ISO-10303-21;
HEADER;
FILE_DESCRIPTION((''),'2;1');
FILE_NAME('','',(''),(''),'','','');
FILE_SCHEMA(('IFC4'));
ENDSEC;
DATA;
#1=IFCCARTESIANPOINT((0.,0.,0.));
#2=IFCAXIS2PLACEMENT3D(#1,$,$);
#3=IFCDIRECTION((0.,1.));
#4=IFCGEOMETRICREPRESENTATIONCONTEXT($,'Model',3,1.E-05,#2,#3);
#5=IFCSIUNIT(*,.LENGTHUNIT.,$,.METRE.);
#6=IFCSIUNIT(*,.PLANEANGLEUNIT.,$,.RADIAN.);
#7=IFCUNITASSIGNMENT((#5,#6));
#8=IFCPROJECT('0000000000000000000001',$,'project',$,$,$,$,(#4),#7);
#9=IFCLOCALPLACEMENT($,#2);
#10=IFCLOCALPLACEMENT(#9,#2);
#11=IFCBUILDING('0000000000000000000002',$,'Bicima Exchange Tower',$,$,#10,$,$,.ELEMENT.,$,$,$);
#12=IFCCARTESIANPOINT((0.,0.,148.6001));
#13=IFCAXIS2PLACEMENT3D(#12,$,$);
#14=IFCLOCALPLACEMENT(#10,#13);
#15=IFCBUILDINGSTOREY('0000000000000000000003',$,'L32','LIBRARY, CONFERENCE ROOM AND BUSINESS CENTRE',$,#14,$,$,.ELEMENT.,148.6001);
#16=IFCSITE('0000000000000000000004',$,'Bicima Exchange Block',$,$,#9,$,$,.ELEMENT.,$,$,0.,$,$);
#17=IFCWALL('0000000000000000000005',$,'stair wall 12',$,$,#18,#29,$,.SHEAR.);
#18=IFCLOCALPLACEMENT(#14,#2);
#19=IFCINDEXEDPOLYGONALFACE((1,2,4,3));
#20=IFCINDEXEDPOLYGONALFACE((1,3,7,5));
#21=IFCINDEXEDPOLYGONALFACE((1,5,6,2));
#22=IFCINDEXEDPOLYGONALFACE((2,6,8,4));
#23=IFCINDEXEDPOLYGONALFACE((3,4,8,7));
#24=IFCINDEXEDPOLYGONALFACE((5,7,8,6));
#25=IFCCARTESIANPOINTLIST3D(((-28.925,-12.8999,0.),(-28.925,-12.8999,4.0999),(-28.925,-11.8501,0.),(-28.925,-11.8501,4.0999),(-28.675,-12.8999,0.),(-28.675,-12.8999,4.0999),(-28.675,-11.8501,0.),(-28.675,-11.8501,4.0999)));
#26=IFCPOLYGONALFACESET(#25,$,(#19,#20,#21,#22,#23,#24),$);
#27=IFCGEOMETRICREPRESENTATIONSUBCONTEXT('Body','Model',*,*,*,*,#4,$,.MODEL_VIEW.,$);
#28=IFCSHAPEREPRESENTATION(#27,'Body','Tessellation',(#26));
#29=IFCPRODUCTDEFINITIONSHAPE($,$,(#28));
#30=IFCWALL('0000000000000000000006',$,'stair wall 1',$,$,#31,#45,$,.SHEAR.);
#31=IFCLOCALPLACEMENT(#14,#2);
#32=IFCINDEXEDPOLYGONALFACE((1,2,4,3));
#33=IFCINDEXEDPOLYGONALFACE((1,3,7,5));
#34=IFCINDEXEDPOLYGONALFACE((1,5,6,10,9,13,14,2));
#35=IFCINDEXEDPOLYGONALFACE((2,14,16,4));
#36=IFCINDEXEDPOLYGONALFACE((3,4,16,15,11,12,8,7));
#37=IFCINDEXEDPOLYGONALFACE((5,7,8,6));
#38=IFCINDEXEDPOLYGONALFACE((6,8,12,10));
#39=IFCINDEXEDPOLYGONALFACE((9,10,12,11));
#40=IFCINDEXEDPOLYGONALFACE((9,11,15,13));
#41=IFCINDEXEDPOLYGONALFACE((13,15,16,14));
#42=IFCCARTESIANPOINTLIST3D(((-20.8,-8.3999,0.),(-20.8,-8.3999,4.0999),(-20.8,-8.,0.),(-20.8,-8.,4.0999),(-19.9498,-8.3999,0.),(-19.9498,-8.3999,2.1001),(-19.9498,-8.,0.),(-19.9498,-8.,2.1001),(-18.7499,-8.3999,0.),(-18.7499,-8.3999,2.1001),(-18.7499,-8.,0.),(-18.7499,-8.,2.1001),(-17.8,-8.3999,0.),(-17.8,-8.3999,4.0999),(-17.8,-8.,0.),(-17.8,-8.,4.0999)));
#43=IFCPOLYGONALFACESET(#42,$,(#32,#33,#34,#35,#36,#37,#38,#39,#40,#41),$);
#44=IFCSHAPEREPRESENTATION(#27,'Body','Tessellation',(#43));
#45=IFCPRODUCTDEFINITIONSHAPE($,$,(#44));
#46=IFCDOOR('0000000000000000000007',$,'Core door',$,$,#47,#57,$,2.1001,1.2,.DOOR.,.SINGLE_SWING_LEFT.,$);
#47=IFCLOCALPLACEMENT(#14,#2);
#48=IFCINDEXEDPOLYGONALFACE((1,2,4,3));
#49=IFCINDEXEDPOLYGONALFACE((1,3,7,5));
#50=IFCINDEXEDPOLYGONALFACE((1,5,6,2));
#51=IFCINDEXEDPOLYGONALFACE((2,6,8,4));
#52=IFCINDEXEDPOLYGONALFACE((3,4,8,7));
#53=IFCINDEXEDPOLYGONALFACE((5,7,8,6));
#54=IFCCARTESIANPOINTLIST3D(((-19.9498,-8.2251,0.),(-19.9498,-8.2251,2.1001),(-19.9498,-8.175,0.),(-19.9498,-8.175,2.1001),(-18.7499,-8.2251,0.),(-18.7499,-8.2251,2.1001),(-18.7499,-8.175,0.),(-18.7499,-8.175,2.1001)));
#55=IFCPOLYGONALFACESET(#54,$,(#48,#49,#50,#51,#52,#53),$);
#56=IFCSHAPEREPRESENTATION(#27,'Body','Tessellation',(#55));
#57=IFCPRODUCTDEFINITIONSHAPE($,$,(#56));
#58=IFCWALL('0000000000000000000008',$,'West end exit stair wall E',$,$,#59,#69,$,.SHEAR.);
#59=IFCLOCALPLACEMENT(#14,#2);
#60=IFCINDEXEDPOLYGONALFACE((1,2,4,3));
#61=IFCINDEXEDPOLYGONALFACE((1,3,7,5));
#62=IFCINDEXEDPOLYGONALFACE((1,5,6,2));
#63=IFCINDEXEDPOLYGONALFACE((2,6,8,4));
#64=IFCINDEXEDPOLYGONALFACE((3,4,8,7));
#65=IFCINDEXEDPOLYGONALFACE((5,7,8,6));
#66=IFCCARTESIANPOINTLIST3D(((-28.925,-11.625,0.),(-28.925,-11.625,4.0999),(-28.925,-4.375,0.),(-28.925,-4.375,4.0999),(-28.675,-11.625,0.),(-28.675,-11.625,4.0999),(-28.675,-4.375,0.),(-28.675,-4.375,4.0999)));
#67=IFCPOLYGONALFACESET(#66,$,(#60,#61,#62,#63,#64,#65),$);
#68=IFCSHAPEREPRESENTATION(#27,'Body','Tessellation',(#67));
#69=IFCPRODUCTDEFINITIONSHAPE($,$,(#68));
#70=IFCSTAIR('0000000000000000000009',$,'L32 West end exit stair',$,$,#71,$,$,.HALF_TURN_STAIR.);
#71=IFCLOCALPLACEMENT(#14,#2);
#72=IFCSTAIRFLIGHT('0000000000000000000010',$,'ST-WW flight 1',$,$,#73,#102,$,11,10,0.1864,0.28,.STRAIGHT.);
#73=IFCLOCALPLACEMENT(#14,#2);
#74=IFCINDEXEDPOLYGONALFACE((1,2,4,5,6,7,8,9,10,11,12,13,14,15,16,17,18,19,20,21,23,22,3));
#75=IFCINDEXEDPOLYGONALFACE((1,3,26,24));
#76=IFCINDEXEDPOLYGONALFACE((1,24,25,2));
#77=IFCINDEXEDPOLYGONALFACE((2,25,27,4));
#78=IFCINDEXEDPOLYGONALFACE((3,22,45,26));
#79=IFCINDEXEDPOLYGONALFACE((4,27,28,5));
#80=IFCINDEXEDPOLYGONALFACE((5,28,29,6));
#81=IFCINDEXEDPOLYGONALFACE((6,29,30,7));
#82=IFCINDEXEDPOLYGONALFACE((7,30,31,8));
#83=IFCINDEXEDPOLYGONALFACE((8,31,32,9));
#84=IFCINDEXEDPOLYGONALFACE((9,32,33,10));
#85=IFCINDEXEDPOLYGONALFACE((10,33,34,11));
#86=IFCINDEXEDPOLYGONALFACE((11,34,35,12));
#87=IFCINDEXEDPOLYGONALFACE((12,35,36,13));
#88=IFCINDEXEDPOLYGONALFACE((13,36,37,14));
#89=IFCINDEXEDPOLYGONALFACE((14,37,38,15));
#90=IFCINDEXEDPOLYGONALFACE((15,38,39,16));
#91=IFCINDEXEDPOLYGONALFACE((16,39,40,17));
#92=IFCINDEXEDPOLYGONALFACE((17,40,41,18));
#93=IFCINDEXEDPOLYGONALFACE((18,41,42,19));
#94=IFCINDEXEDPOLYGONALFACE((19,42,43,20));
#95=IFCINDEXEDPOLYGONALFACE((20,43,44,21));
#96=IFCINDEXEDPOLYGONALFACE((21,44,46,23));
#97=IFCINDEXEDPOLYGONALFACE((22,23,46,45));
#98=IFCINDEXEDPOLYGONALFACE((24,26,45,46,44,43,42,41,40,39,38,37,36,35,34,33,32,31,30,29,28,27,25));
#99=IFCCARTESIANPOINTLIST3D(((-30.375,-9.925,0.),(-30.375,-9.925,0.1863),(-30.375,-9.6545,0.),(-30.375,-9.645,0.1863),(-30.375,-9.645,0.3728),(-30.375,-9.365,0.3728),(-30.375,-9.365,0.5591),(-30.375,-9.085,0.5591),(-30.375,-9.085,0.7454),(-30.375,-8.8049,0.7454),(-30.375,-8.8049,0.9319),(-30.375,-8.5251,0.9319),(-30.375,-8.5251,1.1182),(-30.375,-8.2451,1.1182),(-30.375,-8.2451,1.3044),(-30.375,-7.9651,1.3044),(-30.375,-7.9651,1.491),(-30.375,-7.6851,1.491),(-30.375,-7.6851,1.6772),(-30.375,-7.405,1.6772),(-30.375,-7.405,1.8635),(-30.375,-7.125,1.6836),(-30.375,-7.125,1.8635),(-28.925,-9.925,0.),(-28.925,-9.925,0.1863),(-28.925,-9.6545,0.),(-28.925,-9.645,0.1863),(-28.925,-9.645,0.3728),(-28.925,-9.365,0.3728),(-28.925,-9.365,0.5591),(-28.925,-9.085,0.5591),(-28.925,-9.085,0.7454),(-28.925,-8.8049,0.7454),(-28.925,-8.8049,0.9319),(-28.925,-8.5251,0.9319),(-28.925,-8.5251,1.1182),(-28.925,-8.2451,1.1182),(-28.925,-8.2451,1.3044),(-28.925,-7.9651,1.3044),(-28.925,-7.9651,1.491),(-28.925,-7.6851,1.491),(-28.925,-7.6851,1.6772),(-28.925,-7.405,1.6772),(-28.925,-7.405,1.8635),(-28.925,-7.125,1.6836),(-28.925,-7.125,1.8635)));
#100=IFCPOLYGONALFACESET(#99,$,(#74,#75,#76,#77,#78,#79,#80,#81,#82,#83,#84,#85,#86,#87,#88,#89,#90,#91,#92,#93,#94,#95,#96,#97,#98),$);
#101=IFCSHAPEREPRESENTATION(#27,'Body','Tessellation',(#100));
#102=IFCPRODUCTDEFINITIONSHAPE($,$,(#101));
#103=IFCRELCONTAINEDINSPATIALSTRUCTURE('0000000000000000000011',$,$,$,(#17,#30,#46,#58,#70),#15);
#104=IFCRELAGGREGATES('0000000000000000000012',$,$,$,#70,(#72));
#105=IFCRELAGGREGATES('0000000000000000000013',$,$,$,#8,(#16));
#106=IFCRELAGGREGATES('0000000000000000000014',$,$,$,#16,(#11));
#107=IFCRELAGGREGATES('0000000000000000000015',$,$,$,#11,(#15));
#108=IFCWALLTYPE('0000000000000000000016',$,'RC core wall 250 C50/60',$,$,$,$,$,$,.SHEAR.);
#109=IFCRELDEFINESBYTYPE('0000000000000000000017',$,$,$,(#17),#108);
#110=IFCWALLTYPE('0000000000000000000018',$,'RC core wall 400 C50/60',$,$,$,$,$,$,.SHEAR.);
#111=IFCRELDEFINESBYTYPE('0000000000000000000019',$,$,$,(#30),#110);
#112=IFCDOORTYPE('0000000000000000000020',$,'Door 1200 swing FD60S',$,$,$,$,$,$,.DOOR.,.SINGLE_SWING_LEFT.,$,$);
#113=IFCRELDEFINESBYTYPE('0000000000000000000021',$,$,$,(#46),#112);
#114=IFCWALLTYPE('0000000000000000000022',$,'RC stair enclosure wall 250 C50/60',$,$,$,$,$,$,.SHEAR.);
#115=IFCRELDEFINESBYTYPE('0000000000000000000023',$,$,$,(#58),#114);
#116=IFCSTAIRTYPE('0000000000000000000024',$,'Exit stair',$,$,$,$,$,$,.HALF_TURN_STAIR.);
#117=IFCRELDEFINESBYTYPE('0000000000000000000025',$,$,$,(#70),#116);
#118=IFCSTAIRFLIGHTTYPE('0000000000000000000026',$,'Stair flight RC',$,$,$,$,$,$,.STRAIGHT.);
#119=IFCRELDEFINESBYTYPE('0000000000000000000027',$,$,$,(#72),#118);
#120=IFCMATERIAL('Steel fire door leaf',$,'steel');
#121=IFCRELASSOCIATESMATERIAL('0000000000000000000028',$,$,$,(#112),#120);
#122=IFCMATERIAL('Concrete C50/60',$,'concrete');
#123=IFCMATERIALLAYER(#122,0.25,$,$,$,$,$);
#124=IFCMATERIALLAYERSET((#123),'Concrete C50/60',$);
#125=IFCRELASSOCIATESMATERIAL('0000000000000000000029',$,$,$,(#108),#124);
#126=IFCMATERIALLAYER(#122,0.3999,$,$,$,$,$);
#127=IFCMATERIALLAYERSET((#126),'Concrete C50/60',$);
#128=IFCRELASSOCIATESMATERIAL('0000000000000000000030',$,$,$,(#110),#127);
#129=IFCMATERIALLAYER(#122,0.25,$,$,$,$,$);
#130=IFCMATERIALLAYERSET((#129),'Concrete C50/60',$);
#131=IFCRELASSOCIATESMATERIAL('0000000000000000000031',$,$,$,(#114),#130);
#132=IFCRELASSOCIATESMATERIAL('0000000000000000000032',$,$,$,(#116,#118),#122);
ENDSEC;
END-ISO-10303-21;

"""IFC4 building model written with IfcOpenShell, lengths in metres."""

from ifc_helpers import new_model, si_unit, direction, frame, frame_2d, origin, place, context, subcontext, project, spatial, polyline, rectangle, outline, extrude, material, layer, layer_set, type_object, element, fill, aggregate, save


model = new_model("IFC4")

# Units and contexts
model_context = context("Model", 3, precision=1e-05, world=origin(), true_north=direction((0.0, 1.0)))
body_context = subcontext(model_context, "Body", "Model", "MODEL_VIEW")
ifc_project = project(units=[si_unit("LENGTHUNIT", "METRE"), si_unit("PLANEANGLEUNIT", "RADIAN")], contexts=[model_context])

# Site, building, storey
site_placement = place(None, origin())
site = spatial("IfcSite", under=ifc_project, at=site_placement, Name="Bicima Exchange Block", CompositionType="ELEMENT", RefElevation=0.0)
building_placement = place(site_placement, origin())
building = spatial("IfcBuilding", under=site, at=building_placement, Name="Bicima Exchange Tower", CompositionType="ELEMENT")
storey_placement = place(building_placement, frame((0.0, 0.0, 148.6001)))
storey = spatial("IfcBuildingStorey", under=building, at=storey_placement, Name="L32", Description="LIBRARY, CONFERENCE ROOM AND BUSINESS CENTRE", CompositionType="ELEMENT", Elevation=148.6001)

# Shared definitions
ifc_material_1 = material(Name="Concrete C50/60", Category="concrete")
ifc_material_2 = material(Name="Steel fire door leaf", Category="steel")
door_type_1 = type_object("IfcDoorType", Name="Door 1200 swing FD60S", OperationType="SINGLE_SWING_LEFT", PredefinedType="DOOR", material=ifc_material_2)

# Wall
ifc_layer_1 = layer(ifc_material_1, 0.25)
ifc_layer_set_1 = layer_set([ifc_layer_1], Name="Concrete C50/60")
wall_type_1 = type_object("IfcWallType", Name="RC core wall 250 C50/60", PredefinedType="SHEAR", material=ifc_layer_set_1)
wall_1_placement = place(storey_placement, frame((-28.8, -12.8999, 0.0), z_axis=(0.0, 0.0, 1.0), x_axis=(0.0, 1.0, 0.0)))
element("IfcWall", 1, at=wall_1_placement, inside=storey, type_object=wall_type_1, Name="stair wall 12", PredefinedType="SHEAR", context=body_context, shape_type="SweptSolid", body=[
    extrude(rectangle(XDim=1.0498, YDim=0.25, at=frame_2d((0.5249, 0.0))), origin(), (0.0, 0.0, 1.0), 4.0999),
])

# Wall, opening, door
ifc_layer_2 = layer(ifc_material_1, 0.3999)
ifc_layer_set_2 = layer_set([ifc_layer_2], Name="Concrete C50/60")
wall_type_2 = type_object("IfcWallType", Name="RC core wall 400 C50/60", PredefinedType="SHEAR", material=ifc_layer_set_2)
wall_2_placement = place(storey_placement, frame((-20.8, -8.2, 0.0), z_axis=(0.0, 0.0, 1.0), x_axis=(1.0, 0.0, 0.0)))
wall_2 = element("IfcWall", 2, at=wall_2_placement, inside=storey, type_object=wall_type_2, Name="stair wall 1", PredefinedType="SHEAR", context=body_context, shape_type="SweptSolid", body=[
    extrude(rectangle(XDim=3.0, YDim=0.3999, at=frame_2d((1.5, 0.0))), origin(), (0.0, 0.0, 1.0), 4.0999),
])
opening_1_placement = place(wall_2_placement, frame((0.8501, 0.0, 0.0)))
opening_1 = element("IfcOpeningElement", 3, at=opening_1_placement, cuts=wall_2, PredefinedType="OPENING", context=body_context, shape_type="SweptSolid", body=[
    extrude(rectangle(XDim=1.2, YDim=2.1001, at=frame_2d((0.6001, 1.05))), frame((0.0, 0.2119, 0.0), z_axis=(0.0, -1.0, 0.0), x_axis=(1.0, 0.0, 0.0)), (0.0, 0.0, 1.0), 0.4238),
])
door_1_placement = place(opening_1_placement, origin())
door_1 = element("IfcDoor", 4, at=door_1_placement, inside=storey, type_object=door_type_1, Name="Core door", OperationType="SINGLE_SWING_LEFT", OverallHeight=2.1001, OverallWidth=1.2, PredefinedType="DOOR", context=body_context, shape_type="SweptSolid", body=[
    extrude(rectangle(XDim=1.2, YDim=2.1001, at=frame_2d((0.6001, 1.05))), frame((0.0, 0.0249, 0.0), z_axis=(0.0, -1.0, 0.0), x_axis=(1.0, 0.0, 0.0)), (0.0, 0.0, 1.0), 0.05),
])
fill(opening_1, door_1)

# Wall
ifc_layer_3 = layer(ifc_material_1, 0.25)
ifc_layer_set_3 = layer_set([ifc_layer_3], Name="Concrete C50/60")
wall_type_3 = type_object("IfcWallType", Name="RC stair enclosure wall 250 C50/60", PredefinedType="SHEAR", material=ifc_layer_set_3)
wall_3_placement = place(storey_placement, frame((-28.8, -11.625, 0.0), z_axis=(0.0, 0.0, 1.0), x_axis=(0.0, 1.0, 0.0)))
element("IfcWall", 5, at=wall_3_placement, inside=storey, type_object=wall_type_3, Name="West end exit stair wall E", PredefinedType="SHEAR", context=body_context, shape_type="SweptSolid", body=[
    extrude(rectangle(XDim=7.25, YDim=0.25, at=frame_2d((3.625, 0.0))), origin(), (0.0, 0.0, 1.0), 4.0999),
])

# Stair, stair flight
stair_type = type_object("IfcStairType", Name="Exit stair", PredefinedType="HALF_TURN_STAIR", material=ifc_material_1)
stair_placement = place(storey_placement, origin())
stair = element("IfcStair", 6, at=stair_placement, inside=storey, type_object=stair_type, Name="L32 West end exit stair", PredefinedType="HALF_TURN_STAIR")
stair_flight_type = type_object("IfcStairFlightType", Name="Stair flight RC", PredefinedType="STRAIGHT", material=ifc_material_1)
stair_flight_placement = place(storey_placement, frame((-29.6499, -9.925, 0.0), z_axis=(0.0, 0.0, 1.0), x_axis=(0.0, 1.0, 0.0)))
stair_flight = element("IfcStairFlight", 7, at=stair_flight_placement, type_object=stair_flight_type, Name="ST-WW flight 1", NumberOfRisers=11, NumberOfTreads=10, PredefinedType="STRAIGHT", RiserHeight=0.1864, TreadLength=0.28, context=body_context, shape_type="SweptSolid", body=[
    extrude(outline(polyline([(0.0, 0.0), (0.0, 0.1863), (0.28, 0.1863), (0.28, 0.3728), (0.5601, 0.3728), (0.5601, 0.5591), (0.8401, 0.5591), (0.8401, 0.7454), (1.1201, 0.7454), (1.1201, 0.9319), (1.3999, 0.9319), (1.3999, 1.1182), (1.6799, 1.1182), (1.6799, 1.3044), (1.96, 1.3044), (1.96, 1.491), (2.24, 1.491), (2.24, 1.6772), (2.52, 1.6772), (2.52, 1.8635), (2.8, 1.8635), (2.8, 2.05), (2.8, 1.6836), (0.2705, 0.0), (0.0, 0.0)])), frame((0.0, 0.7251, 0.0), z_axis=(0.0, -1.0, 0.0), x_axis=(1.0, 0.0, 0.0)), (0.0, 0.0, 1.0), 1.45),
])
aggregate(stair, [stair_flight])

save(model, "model.ifc")
